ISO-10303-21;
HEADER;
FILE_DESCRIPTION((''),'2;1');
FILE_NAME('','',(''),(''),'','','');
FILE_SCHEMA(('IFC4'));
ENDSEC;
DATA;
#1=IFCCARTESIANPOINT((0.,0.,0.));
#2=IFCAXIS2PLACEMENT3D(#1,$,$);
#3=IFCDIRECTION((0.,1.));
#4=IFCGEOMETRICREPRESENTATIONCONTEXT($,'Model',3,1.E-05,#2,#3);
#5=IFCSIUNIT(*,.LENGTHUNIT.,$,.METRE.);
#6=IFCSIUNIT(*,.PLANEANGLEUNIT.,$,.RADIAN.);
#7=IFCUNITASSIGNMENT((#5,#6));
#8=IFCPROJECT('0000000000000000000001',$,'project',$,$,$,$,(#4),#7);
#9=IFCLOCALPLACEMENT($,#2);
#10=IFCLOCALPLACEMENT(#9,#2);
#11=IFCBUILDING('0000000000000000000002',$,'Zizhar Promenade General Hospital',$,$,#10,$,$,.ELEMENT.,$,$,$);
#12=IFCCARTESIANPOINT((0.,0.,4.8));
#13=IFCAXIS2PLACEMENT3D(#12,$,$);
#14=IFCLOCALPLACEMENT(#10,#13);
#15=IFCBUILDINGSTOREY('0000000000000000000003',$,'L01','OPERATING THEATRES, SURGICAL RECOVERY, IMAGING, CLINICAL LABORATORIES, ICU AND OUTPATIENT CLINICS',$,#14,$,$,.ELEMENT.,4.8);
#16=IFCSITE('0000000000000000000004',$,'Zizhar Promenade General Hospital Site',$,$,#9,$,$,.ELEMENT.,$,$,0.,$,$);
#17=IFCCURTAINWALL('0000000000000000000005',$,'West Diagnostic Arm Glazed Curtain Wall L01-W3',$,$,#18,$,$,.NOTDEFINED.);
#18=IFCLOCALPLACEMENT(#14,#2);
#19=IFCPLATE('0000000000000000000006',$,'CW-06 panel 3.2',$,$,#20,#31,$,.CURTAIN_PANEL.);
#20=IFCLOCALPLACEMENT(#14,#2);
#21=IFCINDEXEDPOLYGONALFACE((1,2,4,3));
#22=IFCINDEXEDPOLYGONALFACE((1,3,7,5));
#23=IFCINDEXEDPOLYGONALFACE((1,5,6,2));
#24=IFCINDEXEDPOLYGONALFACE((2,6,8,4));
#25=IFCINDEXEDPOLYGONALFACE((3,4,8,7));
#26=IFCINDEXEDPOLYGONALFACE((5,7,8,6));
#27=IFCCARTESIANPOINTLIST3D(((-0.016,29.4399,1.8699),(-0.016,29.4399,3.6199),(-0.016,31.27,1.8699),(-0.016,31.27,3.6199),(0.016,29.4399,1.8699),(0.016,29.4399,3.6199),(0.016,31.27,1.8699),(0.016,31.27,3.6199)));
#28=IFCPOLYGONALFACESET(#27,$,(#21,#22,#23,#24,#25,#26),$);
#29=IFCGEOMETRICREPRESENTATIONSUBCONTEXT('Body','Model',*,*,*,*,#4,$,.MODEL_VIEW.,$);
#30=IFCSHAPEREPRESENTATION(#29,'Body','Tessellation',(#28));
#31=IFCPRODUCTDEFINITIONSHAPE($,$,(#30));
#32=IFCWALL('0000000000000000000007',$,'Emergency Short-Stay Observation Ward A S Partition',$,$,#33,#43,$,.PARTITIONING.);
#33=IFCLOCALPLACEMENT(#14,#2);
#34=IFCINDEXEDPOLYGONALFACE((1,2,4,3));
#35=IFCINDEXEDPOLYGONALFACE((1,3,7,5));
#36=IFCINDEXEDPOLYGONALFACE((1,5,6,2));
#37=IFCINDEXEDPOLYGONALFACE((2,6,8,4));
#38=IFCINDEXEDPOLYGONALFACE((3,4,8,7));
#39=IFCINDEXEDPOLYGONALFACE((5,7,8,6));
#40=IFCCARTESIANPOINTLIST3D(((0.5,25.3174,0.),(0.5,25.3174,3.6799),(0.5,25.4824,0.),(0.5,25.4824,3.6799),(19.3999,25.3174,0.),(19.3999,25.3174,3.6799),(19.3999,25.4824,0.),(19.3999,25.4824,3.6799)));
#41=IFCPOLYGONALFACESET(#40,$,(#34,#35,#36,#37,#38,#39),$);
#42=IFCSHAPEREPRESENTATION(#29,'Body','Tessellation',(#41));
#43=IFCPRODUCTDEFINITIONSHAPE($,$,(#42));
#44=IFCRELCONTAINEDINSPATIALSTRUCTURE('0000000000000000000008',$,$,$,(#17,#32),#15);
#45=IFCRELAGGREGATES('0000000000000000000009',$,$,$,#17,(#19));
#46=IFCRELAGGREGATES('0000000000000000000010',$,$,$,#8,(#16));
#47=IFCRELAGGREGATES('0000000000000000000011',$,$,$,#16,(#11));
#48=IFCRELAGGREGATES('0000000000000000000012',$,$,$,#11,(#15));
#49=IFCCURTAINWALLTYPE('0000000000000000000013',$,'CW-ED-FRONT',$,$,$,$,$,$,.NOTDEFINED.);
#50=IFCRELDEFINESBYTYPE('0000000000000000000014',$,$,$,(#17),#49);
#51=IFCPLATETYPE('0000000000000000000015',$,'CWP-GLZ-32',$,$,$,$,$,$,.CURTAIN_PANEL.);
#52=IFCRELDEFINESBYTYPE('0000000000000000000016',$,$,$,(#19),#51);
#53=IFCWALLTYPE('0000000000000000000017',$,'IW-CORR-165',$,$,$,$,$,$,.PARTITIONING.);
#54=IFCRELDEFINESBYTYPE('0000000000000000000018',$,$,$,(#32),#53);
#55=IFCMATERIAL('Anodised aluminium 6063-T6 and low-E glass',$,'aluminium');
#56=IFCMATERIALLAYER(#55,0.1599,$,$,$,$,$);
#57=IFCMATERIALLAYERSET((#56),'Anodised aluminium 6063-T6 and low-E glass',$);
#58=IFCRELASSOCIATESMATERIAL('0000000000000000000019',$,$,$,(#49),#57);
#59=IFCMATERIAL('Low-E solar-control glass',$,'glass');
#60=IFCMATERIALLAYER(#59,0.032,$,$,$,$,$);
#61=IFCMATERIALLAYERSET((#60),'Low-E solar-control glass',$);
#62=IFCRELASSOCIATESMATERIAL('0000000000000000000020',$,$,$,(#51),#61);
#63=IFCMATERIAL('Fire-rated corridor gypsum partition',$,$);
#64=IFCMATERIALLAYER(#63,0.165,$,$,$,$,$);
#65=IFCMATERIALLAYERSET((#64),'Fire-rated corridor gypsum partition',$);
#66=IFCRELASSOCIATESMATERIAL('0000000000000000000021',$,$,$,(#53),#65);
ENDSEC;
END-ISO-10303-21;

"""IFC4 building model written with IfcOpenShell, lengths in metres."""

from ifc_helpers import new_model, si_unit, direction, frame, frame_2d, origin, origin_2d, place, context, subcontext, project, spatial, rectangle, extrude, material, layer, layer_set, type_object, element, aggregate, save


model = new_model("IFC4")

# Units and contexts
model_context = context("Model", 3, precision=1e-05, world=origin(), true_north=direction((0.0, 1.0)))
body_context = subcontext(model_context, "Body", "Model", "MODEL_VIEW")
ifc_project = project(units=[si_unit("LENGTHUNIT", "METRE"), si_unit("PLANEANGLEUNIT", "RADIAN")], contexts=[model_context])

# Site, building, storey
site_placement = place(None, origin())
site = spatial("IfcSite", under=ifc_project, at=site_placement, Name="Zizhar Promenade General Hospital Site", CompositionType="ELEMENT", RefElevation=0.0)
building_placement = place(site_placement, origin())
building = spatial("IfcBuilding", under=site, at=building_placement, Name="Zizhar Promenade General Hospital", CompositionType="ELEMENT")
storey_placement = place(building_placement, frame((0.0, 0.0, 4.8)))
storey = spatial("IfcBuildingStorey", under=building, at=storey_placement, Name="L01", Description="OPERATING THEATRES, SURGICAL RECOVERY, IMAGING, CLINICAL LABORATORIES, ICU AND OUTPATIENT CLINICS", CompositionType="ELEMENT", Elevation=4.8)

# Curtain wall, plate
ifc_material_1 = material(Name="Anodised aluminium 6063-T6 and low-E glass", Category="aluminium")
ifc_layer_1 = layer(ifc_material_1, 0.1599)
ifc_layer_set_1 = layer_set([ifc_layer_1], Name="Anodised aluminium 6063-T6 and low-E glass")
curtain_wall_type = type_object("IfcCurtainWallType", Name="CW-ED-FRONT", PredefinedType="NOTDEFINED", material=ifc_layer_set_1)
curtain_wall_placement = place(storey_placement, origin())
curtain_wall = element("IfcCurtainWall", 1, at=curtain_wall_placement, inside=storey, type_object=curtain_wall_type, Name="West Diagnostic Arm Glazed Curtain Wall L01-W3", PredefinedType="NOTDEFINED")
ifc_material_2 = material(Name="Low-E solar-control glass", Category="glass")
ifc_layer_2 = layer(ifc_material_2, 0.032)
ifc_layer_set_2 = layer_set([ifc_layer_2], Name="Low-E solar-control glass")
plate_type = type_object("IfcPlateType", Name="CWP-GLZ-32", PredefinedType="CURTAIN_PANEL", material=ifc_layer_set_2)
plate_1_placement = place(storey_placement, frame((0.0, 30.355, 1.8699), z_axis=(0.0, 0.0, 1.0), x_axis=(0.0, 1.0, 0.0)))
plate_1 = element("IfcPlate", 2, at=plate_1_placement, type_object=plate_type, Name="CW-06 panel 3.2", PredefinedType="CURTAIN_PANEL", context=body_context, shape_type="SweptSolid", body=[
    extrude(rectangle(XDim=1.8301, YDim=0.032, at=origin_2d()), origin(), (0.0, 0.0, 1.0), 1.75),
])
aggregate(curtain_wall, [plate_1])

# Wall
ifc_material_3 = material(Name="Fire-rated corridor gypsum partition")
ifc_layer_3 = layer(ifc_material_3, 0.165)
ifc_layer_set_3 = layer_set([ifc_layer_3], Name="Fire-rated corridor gypsum partition")
wall_type = type_object("IfcWallType", Name="IW-CORR-165", PredefinedType="PARTITIONING", material=ifc_layer_set_3)
wall_placement = place(storey_placement, frame((0.5, 25.3999, 0.0), z_axis=(0.0, 0.0, 1.0), x_axis=(1.0, 0.0, 0.0)))
element("IfcWall", 3, at=wall_placement, inside=storey, type_object=wall_type, Name="Emergency Short-Stay Observation Ward A S Partition", PredefinedType="PARTITIONING", context=body_context, shape_type="SweptSolid", body=[
    extrude(rectangle(XDim=18.8999, YDim=0.165, at=frame_2d((9.45, 0.0))), origin(), (0.0, 0.0, 1.0), 3.6799),
])

save(model, "model.ifc")
